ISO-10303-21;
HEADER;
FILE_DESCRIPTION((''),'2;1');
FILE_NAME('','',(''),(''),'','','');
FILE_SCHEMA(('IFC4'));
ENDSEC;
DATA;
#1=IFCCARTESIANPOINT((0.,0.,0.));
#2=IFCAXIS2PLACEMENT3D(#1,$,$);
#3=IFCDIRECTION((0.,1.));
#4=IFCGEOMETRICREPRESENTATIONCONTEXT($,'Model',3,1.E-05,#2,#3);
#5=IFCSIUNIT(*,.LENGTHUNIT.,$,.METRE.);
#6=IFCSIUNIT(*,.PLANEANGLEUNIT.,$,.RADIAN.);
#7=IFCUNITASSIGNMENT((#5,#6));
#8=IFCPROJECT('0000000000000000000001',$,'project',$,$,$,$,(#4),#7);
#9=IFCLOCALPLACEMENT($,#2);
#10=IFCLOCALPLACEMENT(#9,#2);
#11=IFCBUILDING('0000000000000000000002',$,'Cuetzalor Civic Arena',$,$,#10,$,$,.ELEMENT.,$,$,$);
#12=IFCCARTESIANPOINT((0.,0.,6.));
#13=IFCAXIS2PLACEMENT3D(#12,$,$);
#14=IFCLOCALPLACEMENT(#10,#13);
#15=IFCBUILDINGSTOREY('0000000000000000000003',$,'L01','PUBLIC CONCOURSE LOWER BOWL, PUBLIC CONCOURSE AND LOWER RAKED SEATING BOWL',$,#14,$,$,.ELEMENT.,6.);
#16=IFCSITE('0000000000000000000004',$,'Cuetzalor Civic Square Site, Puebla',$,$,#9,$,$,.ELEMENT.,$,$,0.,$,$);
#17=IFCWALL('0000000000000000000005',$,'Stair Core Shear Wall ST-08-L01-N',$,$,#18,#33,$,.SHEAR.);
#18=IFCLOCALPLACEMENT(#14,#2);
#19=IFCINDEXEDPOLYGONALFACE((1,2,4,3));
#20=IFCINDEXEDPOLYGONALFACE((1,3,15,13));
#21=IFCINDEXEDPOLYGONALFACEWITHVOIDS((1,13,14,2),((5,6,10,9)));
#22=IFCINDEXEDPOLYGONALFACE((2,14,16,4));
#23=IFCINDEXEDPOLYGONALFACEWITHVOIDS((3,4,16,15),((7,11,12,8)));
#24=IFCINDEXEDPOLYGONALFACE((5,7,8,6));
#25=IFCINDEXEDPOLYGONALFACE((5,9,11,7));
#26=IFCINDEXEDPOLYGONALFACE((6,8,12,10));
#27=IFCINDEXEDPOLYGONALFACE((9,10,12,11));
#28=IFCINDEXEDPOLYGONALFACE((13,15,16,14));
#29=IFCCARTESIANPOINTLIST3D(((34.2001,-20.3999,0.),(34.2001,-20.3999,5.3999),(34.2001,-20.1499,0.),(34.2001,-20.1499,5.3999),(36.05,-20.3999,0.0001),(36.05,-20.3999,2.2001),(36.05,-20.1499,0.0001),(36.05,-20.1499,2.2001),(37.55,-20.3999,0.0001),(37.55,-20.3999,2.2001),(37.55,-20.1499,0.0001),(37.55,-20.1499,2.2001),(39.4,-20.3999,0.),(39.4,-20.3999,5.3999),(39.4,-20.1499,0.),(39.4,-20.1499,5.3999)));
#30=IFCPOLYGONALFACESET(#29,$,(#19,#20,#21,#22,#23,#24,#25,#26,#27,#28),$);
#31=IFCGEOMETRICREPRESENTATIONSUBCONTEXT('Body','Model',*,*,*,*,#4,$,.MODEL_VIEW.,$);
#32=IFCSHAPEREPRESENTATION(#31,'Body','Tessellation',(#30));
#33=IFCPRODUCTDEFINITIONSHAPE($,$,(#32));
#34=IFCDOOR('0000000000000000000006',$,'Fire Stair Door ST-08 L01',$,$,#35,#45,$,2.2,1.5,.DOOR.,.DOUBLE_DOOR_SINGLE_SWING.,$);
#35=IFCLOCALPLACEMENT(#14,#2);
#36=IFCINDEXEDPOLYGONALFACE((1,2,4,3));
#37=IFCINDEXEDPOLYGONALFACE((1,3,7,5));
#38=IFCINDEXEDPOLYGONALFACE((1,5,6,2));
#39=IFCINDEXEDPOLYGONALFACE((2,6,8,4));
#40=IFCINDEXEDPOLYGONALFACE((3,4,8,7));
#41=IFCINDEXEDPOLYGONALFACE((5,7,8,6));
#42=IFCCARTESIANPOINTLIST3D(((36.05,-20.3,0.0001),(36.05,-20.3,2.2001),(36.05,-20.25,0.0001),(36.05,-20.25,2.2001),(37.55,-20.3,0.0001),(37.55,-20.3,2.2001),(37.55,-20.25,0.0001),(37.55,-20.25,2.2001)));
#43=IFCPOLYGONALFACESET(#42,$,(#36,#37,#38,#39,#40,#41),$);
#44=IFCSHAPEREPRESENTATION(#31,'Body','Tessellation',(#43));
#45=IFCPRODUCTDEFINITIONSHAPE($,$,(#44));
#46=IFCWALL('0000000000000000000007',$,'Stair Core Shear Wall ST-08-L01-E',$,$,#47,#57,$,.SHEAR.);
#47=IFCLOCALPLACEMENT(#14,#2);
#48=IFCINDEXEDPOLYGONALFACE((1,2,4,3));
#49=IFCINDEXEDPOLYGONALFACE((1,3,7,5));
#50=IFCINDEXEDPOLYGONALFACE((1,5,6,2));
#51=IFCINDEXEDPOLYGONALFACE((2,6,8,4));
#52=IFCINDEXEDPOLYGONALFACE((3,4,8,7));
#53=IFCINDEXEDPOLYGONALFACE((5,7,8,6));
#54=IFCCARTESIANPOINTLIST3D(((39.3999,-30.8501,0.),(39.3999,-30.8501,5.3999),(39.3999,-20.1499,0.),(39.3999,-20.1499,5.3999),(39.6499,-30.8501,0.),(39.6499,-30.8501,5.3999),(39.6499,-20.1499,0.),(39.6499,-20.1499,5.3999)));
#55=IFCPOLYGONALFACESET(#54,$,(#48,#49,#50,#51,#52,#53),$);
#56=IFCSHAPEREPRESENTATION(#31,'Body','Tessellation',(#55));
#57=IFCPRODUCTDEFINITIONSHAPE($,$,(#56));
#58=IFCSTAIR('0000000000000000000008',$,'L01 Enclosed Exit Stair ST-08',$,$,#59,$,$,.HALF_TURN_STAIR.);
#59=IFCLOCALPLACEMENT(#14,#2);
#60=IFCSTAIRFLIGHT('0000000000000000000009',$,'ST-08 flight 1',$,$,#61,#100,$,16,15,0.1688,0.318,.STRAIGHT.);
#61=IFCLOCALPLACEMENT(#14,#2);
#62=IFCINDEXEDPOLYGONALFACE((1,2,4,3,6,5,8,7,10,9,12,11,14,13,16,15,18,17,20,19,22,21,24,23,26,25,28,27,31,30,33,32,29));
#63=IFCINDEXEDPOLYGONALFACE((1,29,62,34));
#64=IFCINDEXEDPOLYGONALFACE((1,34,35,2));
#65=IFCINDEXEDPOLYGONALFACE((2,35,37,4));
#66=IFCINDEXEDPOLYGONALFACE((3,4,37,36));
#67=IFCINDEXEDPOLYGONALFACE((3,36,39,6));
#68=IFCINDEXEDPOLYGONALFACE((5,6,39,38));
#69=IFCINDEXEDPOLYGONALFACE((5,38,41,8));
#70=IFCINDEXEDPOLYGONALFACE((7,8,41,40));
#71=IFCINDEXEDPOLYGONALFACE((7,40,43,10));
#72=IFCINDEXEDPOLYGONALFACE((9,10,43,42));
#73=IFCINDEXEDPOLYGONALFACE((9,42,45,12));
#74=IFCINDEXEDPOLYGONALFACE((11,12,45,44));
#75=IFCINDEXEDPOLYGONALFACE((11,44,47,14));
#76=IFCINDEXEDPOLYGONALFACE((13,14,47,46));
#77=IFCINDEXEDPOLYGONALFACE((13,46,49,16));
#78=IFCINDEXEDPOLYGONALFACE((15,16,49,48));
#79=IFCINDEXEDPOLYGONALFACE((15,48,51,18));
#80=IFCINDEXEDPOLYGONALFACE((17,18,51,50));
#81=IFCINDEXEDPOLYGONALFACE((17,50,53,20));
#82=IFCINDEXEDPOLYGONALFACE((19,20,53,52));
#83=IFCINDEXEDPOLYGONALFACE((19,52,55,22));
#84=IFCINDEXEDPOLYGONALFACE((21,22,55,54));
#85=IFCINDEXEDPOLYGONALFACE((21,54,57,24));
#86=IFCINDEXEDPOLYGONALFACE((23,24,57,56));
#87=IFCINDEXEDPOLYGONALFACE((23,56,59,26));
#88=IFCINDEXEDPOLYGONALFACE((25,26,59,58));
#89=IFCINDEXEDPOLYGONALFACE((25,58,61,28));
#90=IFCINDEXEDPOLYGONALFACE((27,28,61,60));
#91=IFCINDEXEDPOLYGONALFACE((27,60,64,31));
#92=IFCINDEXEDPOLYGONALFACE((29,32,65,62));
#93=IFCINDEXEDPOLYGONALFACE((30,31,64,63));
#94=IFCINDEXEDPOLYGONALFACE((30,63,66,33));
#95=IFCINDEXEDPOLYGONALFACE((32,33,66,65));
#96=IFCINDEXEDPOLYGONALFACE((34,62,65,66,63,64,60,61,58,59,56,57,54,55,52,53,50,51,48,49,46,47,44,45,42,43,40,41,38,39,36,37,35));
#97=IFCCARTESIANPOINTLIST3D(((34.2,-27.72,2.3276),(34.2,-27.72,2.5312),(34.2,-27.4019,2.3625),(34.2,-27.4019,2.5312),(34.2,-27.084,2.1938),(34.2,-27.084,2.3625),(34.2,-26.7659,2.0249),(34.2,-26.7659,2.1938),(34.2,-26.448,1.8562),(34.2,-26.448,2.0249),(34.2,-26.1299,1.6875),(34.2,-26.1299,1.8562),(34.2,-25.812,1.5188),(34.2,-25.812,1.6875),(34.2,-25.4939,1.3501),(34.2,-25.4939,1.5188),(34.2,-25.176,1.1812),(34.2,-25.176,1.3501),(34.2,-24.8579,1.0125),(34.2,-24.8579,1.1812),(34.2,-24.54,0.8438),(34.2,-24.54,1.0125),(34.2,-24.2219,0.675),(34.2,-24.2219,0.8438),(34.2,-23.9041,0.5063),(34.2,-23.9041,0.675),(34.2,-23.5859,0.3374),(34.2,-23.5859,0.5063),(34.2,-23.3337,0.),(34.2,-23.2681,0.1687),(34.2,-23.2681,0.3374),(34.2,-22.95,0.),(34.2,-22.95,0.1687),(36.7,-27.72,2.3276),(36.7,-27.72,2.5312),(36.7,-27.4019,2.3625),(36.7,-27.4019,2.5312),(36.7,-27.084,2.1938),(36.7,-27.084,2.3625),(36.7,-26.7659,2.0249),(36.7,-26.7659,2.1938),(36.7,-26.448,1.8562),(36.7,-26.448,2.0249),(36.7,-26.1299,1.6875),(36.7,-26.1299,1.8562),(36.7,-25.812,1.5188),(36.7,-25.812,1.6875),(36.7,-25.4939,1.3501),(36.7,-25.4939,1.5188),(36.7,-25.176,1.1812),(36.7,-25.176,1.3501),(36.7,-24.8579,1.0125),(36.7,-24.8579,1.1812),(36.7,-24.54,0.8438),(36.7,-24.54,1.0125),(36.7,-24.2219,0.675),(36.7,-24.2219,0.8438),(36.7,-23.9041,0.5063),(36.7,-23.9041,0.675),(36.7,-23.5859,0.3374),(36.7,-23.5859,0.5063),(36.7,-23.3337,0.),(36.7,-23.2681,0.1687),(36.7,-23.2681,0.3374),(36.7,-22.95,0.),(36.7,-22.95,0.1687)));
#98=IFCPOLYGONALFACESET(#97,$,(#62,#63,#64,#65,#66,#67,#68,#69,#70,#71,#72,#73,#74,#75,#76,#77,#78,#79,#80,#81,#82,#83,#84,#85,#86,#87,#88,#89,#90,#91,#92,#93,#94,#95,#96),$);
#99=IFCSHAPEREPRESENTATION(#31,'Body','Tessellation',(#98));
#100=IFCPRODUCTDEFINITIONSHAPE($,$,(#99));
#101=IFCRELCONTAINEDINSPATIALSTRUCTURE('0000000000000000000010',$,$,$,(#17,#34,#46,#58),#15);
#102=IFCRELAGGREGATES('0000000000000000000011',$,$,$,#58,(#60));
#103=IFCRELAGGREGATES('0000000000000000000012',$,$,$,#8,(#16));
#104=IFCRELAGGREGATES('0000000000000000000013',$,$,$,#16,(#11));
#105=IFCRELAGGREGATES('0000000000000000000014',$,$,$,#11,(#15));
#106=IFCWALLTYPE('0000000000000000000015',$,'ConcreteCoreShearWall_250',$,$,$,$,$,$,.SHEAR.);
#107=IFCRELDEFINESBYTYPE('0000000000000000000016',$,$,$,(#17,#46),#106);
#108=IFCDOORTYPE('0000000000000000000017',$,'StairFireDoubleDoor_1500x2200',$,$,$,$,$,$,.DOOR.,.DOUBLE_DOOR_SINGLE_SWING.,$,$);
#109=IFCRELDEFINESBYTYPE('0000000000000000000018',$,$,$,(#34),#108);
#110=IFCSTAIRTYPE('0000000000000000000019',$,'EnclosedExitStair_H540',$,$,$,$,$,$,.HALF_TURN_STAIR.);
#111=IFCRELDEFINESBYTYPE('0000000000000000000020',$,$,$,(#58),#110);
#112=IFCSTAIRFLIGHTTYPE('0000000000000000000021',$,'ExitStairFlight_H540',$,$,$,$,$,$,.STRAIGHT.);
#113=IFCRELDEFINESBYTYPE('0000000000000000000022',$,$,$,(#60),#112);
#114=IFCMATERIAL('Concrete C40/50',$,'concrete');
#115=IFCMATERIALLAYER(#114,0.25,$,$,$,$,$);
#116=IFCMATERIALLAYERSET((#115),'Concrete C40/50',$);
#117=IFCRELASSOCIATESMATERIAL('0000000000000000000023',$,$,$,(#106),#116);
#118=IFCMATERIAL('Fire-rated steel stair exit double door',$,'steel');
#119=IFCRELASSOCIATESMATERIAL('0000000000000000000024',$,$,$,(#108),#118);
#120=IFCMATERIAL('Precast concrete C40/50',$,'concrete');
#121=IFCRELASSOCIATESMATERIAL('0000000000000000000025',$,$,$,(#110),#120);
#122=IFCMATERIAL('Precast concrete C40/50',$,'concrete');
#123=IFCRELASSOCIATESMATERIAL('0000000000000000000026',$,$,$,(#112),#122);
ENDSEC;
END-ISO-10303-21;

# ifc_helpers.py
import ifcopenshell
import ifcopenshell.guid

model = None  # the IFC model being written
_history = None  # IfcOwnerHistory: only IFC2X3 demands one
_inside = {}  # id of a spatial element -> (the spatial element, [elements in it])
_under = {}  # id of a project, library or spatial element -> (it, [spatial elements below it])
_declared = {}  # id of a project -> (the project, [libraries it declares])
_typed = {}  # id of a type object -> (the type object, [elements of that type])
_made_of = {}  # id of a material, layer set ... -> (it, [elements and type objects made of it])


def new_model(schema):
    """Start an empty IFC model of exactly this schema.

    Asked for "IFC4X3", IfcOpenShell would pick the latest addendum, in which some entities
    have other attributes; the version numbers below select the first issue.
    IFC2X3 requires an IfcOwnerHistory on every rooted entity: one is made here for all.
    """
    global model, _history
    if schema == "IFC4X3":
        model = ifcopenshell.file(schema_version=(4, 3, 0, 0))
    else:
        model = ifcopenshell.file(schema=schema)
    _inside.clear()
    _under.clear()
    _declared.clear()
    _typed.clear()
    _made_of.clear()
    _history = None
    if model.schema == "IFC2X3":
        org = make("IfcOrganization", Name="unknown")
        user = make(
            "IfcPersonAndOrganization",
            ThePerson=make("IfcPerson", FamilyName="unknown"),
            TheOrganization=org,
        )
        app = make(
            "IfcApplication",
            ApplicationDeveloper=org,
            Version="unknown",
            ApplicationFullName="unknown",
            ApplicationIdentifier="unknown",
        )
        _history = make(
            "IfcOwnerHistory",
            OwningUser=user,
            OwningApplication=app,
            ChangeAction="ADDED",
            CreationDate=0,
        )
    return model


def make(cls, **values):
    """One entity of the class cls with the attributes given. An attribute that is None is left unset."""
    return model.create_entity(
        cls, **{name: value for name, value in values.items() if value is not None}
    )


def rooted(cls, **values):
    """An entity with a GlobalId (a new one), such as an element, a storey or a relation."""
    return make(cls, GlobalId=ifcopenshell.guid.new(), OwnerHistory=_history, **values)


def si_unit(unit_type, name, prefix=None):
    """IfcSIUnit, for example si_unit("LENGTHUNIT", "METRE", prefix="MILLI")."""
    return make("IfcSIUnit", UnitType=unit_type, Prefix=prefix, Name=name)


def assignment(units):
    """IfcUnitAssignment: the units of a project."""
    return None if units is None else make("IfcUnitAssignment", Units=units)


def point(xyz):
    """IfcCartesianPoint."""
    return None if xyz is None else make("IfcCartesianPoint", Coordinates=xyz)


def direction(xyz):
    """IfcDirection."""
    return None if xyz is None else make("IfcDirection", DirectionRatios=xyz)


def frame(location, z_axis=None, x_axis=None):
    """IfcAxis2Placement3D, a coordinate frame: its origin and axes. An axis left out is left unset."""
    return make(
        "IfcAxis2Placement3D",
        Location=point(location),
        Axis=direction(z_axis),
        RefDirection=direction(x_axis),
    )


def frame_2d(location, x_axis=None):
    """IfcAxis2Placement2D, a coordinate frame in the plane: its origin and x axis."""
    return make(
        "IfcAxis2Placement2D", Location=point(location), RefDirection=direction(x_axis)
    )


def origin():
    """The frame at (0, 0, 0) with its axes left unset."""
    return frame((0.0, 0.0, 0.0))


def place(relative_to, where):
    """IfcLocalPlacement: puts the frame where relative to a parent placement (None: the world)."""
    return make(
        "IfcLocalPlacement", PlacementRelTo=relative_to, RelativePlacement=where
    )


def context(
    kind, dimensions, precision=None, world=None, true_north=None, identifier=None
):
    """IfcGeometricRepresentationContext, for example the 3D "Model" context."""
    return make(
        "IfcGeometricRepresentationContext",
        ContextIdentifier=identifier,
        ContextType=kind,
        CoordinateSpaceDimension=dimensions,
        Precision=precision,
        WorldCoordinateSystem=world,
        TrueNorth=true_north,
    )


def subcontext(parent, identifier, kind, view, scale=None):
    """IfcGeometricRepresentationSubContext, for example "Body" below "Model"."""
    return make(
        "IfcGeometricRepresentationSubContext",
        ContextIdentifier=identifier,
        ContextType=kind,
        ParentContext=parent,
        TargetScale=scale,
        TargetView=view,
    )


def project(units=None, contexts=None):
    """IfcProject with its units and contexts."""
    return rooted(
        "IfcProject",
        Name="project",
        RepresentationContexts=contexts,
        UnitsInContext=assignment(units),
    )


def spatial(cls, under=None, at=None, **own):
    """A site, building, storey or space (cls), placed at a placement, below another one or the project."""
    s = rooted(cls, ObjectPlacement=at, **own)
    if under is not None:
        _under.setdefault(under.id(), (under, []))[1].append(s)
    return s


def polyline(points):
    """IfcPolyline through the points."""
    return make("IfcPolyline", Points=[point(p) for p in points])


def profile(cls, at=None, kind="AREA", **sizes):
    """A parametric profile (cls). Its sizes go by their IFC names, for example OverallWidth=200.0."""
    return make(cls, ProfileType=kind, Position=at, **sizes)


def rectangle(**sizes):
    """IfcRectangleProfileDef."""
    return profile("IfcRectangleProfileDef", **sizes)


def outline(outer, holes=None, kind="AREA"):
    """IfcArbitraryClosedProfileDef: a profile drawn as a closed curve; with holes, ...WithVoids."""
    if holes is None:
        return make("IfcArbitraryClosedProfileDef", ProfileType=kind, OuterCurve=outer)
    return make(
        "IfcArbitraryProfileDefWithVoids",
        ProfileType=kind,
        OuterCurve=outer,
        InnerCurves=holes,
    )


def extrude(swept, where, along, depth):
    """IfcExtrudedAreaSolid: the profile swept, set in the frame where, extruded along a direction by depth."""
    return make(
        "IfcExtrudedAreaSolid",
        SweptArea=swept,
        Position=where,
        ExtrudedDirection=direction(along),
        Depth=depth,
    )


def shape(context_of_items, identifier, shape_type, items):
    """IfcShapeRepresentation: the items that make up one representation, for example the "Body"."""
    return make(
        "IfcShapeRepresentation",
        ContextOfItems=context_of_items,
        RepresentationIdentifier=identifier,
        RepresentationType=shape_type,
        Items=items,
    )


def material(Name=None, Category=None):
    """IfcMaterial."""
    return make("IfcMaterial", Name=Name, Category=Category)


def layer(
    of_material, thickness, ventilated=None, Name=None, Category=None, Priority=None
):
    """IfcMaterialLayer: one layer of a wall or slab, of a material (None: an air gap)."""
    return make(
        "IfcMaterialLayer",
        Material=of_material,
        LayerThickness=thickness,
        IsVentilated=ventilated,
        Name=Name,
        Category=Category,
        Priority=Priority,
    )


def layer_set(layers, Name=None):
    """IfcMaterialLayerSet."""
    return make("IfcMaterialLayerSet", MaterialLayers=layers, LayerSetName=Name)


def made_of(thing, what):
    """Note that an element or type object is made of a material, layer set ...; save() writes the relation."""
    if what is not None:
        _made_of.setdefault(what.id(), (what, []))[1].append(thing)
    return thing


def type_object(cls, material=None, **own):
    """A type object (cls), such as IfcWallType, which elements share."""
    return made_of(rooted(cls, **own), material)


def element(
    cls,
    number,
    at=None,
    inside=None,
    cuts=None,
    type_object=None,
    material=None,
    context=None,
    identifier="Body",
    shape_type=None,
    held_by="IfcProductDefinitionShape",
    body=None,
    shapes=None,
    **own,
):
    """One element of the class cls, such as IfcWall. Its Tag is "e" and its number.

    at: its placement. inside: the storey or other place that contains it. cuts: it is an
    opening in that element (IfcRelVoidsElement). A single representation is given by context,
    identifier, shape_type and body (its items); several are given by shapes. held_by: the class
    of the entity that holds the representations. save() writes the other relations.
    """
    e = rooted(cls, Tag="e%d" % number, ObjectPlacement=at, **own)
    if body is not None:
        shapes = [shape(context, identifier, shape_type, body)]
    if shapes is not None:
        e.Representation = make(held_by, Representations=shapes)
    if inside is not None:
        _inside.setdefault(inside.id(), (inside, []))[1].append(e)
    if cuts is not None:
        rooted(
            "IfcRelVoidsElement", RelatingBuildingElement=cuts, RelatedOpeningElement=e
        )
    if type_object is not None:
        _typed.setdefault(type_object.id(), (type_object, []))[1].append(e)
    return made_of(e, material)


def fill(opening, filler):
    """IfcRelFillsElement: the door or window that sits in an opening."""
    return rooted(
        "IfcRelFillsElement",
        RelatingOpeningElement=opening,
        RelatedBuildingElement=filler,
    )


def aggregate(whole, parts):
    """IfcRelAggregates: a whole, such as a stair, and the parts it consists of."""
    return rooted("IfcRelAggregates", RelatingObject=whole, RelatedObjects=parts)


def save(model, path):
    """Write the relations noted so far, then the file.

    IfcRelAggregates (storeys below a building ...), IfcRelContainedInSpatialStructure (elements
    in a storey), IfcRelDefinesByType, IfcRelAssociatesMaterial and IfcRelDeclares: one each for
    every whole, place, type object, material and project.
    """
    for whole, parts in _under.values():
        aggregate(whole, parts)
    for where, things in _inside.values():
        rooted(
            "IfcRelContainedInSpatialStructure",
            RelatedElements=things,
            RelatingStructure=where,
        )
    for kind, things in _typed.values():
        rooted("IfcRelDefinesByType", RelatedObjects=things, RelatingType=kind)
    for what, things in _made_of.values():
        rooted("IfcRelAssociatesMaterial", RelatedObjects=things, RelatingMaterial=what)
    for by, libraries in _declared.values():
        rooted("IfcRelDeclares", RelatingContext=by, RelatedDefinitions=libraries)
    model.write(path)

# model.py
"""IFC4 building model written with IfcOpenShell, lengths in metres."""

from ifc_helpers import new_model, si_unit, direction, frame, frame_2d, origin, place, context, subcontext, project, spatial, polyline, rectangle, outline, extrude, material, layer, layer_set, type_object, element, fill, aggregate, save


model = new_model("IFC4")

# Units and contexts
model_context = context("Model", 3, precision=1e-05, world=origin(), true_north=direction((0.0, 1.0)))
body_context = subcontext(model_context, "Body", "Model", "MODEL_VIEW")
ifc_project = project(units=[si_unit("LENGTHUNIT", "METRE"), si_unit("PLANEANGLEUNIT", "RADIAN")], contexts=[model_context])

# Site, building, storey
site_placement = place(None, origin())
site = spatial("IfcSite", under=ifc_project, at=site_placement, Name="Cuetzalor Civic Square Site, Puebla", CompositionType="ELEMENT", RefElevation=0.0)
building_placement = place(site_placement, origin())
building = spatial("IfcBuilding", under=site, at=building_placement, Name="Cuetzalor Civic Arena", CompositionType="ELEMENT")
storey_placement = place(building_placement, frame((0.0, 0.0, 6.0)))
storey = spatial("IfcBuildingStorey", under=building, at=storey_placement, Name="L01", Description="PUBLIC CONCOURSE LOWER BOWL, PUBLIC CONCOURSE AND LOWER RAKED SEATING BOWL", CompositionType="ELEMENT", Elevation=6.0)

# Wall, opening, door
ifc_material_1 = material(Name="Concrete C40/50", Category="concrete")
ifc_layer = layer(ifc_material_1, 0.25)
ifc_layer_set = layer_set([ifc_layer], Name="Concrete C40/50")
wall_type = type_object("IfcWallType", Name="ConcreteCoreShearWall_250", PredefinedType="SHEAR", material=ifc_layer_set)
wall_1_placement = place(storey_placement, frame((34.2, -20.2749, 0.0), z_axis=(0.0, 0.0, 1.0), x_axis=(1.0, 0.0, 0.0)))
wall_1 = element("IfcWall", 1, at=wall_1_placement, inside=storey, type_object=wall_type, Name="Stair Core Shear Wall ST-08-L01-N", PredefinedType="SHEAR", context=body_context, shape_type="SweptSolid", body=[
    extrude(rectangle(XDim=5.2, YDim=0.25, at=frame_2d((2.6001, 0.0))), origin(), (0.0, 0.0, 1.0), 5.3999),
])
opening_placement = place(wall_1_placement, frame((1.8501, 0.0, 0.0)))
opening = element("IfcOpeningElement", 2, at=opening_placement, cuts=wall_1, PredefinedType="OPENING", context=body_context, shape_type="SweptSolid", body=[
    extrude(rectangle(XDim=1.5, YDim=2.2, at=frame_2d((0.75, 1.1001))), frame((0.0, 0.135, 0.0), z_axis=(0.0, -1.0, 0.0), x_axis=(1.0, 0.0, 0.0)), (0.0, 0.0, 1.0), 0.27),
])
ifc_material_2 = material(Name="Fire-rated steel stair exit double door", Category="steel")
door_type = type_object("IfcDoorType", Name="StairFireDoubleDoor_1500x2200", OperationType="DOUBLE_DOOR_SINGLE_SWING", PredefinedType="DOOR", material=ifc_material_2)
door_placement = place(opening_placement, origin())
door = element("IfcDoor", 3, at=door_placement, inside=storey, type_object=door_type, Name="Fire Stair Door ST-08 L01", OperationType="DOUBLE_DOOR_SINGLE_SWING", OverallHeight=2.2, OverallWidth=1.5, PredefinedType="DOOR", context=body_context, shape_type="SweptSolid", body=[
    extrude(rectangle(XDim=1.5, YDim=2.2, at=frame_2d((0.75, 1.1001))), frame((0.0, 0.0249, 0.0), z_axis=(0.0, -1.0, 0.0), x_axis=(1.0, 0.0, 0.0)), (0.0, 0.0, 1.0), 0.05),
])
fill(opening, door)

# Wall
wall_2_placement = place(storey_placement, frame((39.5249, -20.1499, 0.0), z_axis=(0.0, 0.0, 1.0), x_axis=(0.0, -1.0, 0.0)))
element("IfcWall", 4, at=wall_2_placement, inside=storey, type_object=wall_type, Name="Stair Core Shear Wall ST-08-L01-E", PredefinedType="SHEAR", context=body_context, shape_type="SweptSolid", body=[
    extrude(rectangle(XDim=10.7002, YDim=0.25, at=frame_2d((5.3501, 0.0))), origin(), (0.0, 0.0, 1.0), 5.3999),
])

# Stair, stair flight
ifc_material_3 = material(Name="Precast concrete C40/50", Category="concrete")
stair_type = type_object("IfcStairType", Name="EnclosedExitStair_H540", PredefinedType="HALF_TURN_STAIR", material=ifc_material_3)
stair_placement = place(storey_placement, origin())
stair = element("IfcStair", 5, at=stair_placement, inside=storey, type_object=stair_type, Name="L01 Enclosed Exit Stair ST-08", PredefinedType="HALF_TURN_STAIR")
ifc_material_4 = material(Name="Precast concrete C40/50", Category="concrete")
stair_flight_type = type_object("IfcStairFlightType", Name="ExitStairFlight_H540", PredefinedType="STRAIGHT", material=ifc_material_4)
stair_flight_placement = place(storey_placement, frame((35.45, -22.95, 0.0), z_axis=(0.0, 0.0, 1.0), x_axis=(0.0, -1.0, 0.0)))
stair_flight = element("IfcStairFlight", 6, at=stair_flight_placement, type_object=stair_flight_type, Name="ST-08 flight 1", NumberOfRisers=16, NumberOfTreads=15, PredefinedType="STRAIGHT", RiserHeight=0.1688, TreadLength=0.318, context=body_context, shape_type="SweptSolid", body=[
    extrude(outline(polyline([(0.0, 0.0), (0.0, 0.1687), (0.3181, 0.1687), (0.3181, 0.3374), (0.636, 0.3374), (0.636, 0.5063), (0.9541, 0.5063), (0.9541, 0.675), (1.272, 0.675), (1.272, 0.8438), (1.5901, 0.8438), (1.5901, 1.0125), (1.908, 1.0125), (1.908, 1.1812), (2.2261, 1.1812), (2.2261, 1.3501), (2.5439, 1.3501), (2.5439, 1.5188), (2.8621, 1.5188), (2.8621, 1.6875), (3.1799, 1.6875), (3.1799, 1.8562), (3.498, 1.8562), (3.498, 2.0249), (3.8159, 2.0249), (3.8159, 2.1938), (4.134, 2.1938), (4.134, 2.3625), (4.4519, 2.3625), (4.4519, 2.5312), (4.77, 2.5312), (4.77, 2.7), (4.77, 2.3276), (0.3838, 0.0), (0.0, 0.0)])), frame((0.0, 1.25, 0.0), z_axis=(0.0, -1.0, 0.0), x_axis=(1.0, 0.0, 0.0)), (0.0, 0.0, 1.0), 2.5),
])
aggregate(stair, [stair_flight])

save(model, "model.ifc")
